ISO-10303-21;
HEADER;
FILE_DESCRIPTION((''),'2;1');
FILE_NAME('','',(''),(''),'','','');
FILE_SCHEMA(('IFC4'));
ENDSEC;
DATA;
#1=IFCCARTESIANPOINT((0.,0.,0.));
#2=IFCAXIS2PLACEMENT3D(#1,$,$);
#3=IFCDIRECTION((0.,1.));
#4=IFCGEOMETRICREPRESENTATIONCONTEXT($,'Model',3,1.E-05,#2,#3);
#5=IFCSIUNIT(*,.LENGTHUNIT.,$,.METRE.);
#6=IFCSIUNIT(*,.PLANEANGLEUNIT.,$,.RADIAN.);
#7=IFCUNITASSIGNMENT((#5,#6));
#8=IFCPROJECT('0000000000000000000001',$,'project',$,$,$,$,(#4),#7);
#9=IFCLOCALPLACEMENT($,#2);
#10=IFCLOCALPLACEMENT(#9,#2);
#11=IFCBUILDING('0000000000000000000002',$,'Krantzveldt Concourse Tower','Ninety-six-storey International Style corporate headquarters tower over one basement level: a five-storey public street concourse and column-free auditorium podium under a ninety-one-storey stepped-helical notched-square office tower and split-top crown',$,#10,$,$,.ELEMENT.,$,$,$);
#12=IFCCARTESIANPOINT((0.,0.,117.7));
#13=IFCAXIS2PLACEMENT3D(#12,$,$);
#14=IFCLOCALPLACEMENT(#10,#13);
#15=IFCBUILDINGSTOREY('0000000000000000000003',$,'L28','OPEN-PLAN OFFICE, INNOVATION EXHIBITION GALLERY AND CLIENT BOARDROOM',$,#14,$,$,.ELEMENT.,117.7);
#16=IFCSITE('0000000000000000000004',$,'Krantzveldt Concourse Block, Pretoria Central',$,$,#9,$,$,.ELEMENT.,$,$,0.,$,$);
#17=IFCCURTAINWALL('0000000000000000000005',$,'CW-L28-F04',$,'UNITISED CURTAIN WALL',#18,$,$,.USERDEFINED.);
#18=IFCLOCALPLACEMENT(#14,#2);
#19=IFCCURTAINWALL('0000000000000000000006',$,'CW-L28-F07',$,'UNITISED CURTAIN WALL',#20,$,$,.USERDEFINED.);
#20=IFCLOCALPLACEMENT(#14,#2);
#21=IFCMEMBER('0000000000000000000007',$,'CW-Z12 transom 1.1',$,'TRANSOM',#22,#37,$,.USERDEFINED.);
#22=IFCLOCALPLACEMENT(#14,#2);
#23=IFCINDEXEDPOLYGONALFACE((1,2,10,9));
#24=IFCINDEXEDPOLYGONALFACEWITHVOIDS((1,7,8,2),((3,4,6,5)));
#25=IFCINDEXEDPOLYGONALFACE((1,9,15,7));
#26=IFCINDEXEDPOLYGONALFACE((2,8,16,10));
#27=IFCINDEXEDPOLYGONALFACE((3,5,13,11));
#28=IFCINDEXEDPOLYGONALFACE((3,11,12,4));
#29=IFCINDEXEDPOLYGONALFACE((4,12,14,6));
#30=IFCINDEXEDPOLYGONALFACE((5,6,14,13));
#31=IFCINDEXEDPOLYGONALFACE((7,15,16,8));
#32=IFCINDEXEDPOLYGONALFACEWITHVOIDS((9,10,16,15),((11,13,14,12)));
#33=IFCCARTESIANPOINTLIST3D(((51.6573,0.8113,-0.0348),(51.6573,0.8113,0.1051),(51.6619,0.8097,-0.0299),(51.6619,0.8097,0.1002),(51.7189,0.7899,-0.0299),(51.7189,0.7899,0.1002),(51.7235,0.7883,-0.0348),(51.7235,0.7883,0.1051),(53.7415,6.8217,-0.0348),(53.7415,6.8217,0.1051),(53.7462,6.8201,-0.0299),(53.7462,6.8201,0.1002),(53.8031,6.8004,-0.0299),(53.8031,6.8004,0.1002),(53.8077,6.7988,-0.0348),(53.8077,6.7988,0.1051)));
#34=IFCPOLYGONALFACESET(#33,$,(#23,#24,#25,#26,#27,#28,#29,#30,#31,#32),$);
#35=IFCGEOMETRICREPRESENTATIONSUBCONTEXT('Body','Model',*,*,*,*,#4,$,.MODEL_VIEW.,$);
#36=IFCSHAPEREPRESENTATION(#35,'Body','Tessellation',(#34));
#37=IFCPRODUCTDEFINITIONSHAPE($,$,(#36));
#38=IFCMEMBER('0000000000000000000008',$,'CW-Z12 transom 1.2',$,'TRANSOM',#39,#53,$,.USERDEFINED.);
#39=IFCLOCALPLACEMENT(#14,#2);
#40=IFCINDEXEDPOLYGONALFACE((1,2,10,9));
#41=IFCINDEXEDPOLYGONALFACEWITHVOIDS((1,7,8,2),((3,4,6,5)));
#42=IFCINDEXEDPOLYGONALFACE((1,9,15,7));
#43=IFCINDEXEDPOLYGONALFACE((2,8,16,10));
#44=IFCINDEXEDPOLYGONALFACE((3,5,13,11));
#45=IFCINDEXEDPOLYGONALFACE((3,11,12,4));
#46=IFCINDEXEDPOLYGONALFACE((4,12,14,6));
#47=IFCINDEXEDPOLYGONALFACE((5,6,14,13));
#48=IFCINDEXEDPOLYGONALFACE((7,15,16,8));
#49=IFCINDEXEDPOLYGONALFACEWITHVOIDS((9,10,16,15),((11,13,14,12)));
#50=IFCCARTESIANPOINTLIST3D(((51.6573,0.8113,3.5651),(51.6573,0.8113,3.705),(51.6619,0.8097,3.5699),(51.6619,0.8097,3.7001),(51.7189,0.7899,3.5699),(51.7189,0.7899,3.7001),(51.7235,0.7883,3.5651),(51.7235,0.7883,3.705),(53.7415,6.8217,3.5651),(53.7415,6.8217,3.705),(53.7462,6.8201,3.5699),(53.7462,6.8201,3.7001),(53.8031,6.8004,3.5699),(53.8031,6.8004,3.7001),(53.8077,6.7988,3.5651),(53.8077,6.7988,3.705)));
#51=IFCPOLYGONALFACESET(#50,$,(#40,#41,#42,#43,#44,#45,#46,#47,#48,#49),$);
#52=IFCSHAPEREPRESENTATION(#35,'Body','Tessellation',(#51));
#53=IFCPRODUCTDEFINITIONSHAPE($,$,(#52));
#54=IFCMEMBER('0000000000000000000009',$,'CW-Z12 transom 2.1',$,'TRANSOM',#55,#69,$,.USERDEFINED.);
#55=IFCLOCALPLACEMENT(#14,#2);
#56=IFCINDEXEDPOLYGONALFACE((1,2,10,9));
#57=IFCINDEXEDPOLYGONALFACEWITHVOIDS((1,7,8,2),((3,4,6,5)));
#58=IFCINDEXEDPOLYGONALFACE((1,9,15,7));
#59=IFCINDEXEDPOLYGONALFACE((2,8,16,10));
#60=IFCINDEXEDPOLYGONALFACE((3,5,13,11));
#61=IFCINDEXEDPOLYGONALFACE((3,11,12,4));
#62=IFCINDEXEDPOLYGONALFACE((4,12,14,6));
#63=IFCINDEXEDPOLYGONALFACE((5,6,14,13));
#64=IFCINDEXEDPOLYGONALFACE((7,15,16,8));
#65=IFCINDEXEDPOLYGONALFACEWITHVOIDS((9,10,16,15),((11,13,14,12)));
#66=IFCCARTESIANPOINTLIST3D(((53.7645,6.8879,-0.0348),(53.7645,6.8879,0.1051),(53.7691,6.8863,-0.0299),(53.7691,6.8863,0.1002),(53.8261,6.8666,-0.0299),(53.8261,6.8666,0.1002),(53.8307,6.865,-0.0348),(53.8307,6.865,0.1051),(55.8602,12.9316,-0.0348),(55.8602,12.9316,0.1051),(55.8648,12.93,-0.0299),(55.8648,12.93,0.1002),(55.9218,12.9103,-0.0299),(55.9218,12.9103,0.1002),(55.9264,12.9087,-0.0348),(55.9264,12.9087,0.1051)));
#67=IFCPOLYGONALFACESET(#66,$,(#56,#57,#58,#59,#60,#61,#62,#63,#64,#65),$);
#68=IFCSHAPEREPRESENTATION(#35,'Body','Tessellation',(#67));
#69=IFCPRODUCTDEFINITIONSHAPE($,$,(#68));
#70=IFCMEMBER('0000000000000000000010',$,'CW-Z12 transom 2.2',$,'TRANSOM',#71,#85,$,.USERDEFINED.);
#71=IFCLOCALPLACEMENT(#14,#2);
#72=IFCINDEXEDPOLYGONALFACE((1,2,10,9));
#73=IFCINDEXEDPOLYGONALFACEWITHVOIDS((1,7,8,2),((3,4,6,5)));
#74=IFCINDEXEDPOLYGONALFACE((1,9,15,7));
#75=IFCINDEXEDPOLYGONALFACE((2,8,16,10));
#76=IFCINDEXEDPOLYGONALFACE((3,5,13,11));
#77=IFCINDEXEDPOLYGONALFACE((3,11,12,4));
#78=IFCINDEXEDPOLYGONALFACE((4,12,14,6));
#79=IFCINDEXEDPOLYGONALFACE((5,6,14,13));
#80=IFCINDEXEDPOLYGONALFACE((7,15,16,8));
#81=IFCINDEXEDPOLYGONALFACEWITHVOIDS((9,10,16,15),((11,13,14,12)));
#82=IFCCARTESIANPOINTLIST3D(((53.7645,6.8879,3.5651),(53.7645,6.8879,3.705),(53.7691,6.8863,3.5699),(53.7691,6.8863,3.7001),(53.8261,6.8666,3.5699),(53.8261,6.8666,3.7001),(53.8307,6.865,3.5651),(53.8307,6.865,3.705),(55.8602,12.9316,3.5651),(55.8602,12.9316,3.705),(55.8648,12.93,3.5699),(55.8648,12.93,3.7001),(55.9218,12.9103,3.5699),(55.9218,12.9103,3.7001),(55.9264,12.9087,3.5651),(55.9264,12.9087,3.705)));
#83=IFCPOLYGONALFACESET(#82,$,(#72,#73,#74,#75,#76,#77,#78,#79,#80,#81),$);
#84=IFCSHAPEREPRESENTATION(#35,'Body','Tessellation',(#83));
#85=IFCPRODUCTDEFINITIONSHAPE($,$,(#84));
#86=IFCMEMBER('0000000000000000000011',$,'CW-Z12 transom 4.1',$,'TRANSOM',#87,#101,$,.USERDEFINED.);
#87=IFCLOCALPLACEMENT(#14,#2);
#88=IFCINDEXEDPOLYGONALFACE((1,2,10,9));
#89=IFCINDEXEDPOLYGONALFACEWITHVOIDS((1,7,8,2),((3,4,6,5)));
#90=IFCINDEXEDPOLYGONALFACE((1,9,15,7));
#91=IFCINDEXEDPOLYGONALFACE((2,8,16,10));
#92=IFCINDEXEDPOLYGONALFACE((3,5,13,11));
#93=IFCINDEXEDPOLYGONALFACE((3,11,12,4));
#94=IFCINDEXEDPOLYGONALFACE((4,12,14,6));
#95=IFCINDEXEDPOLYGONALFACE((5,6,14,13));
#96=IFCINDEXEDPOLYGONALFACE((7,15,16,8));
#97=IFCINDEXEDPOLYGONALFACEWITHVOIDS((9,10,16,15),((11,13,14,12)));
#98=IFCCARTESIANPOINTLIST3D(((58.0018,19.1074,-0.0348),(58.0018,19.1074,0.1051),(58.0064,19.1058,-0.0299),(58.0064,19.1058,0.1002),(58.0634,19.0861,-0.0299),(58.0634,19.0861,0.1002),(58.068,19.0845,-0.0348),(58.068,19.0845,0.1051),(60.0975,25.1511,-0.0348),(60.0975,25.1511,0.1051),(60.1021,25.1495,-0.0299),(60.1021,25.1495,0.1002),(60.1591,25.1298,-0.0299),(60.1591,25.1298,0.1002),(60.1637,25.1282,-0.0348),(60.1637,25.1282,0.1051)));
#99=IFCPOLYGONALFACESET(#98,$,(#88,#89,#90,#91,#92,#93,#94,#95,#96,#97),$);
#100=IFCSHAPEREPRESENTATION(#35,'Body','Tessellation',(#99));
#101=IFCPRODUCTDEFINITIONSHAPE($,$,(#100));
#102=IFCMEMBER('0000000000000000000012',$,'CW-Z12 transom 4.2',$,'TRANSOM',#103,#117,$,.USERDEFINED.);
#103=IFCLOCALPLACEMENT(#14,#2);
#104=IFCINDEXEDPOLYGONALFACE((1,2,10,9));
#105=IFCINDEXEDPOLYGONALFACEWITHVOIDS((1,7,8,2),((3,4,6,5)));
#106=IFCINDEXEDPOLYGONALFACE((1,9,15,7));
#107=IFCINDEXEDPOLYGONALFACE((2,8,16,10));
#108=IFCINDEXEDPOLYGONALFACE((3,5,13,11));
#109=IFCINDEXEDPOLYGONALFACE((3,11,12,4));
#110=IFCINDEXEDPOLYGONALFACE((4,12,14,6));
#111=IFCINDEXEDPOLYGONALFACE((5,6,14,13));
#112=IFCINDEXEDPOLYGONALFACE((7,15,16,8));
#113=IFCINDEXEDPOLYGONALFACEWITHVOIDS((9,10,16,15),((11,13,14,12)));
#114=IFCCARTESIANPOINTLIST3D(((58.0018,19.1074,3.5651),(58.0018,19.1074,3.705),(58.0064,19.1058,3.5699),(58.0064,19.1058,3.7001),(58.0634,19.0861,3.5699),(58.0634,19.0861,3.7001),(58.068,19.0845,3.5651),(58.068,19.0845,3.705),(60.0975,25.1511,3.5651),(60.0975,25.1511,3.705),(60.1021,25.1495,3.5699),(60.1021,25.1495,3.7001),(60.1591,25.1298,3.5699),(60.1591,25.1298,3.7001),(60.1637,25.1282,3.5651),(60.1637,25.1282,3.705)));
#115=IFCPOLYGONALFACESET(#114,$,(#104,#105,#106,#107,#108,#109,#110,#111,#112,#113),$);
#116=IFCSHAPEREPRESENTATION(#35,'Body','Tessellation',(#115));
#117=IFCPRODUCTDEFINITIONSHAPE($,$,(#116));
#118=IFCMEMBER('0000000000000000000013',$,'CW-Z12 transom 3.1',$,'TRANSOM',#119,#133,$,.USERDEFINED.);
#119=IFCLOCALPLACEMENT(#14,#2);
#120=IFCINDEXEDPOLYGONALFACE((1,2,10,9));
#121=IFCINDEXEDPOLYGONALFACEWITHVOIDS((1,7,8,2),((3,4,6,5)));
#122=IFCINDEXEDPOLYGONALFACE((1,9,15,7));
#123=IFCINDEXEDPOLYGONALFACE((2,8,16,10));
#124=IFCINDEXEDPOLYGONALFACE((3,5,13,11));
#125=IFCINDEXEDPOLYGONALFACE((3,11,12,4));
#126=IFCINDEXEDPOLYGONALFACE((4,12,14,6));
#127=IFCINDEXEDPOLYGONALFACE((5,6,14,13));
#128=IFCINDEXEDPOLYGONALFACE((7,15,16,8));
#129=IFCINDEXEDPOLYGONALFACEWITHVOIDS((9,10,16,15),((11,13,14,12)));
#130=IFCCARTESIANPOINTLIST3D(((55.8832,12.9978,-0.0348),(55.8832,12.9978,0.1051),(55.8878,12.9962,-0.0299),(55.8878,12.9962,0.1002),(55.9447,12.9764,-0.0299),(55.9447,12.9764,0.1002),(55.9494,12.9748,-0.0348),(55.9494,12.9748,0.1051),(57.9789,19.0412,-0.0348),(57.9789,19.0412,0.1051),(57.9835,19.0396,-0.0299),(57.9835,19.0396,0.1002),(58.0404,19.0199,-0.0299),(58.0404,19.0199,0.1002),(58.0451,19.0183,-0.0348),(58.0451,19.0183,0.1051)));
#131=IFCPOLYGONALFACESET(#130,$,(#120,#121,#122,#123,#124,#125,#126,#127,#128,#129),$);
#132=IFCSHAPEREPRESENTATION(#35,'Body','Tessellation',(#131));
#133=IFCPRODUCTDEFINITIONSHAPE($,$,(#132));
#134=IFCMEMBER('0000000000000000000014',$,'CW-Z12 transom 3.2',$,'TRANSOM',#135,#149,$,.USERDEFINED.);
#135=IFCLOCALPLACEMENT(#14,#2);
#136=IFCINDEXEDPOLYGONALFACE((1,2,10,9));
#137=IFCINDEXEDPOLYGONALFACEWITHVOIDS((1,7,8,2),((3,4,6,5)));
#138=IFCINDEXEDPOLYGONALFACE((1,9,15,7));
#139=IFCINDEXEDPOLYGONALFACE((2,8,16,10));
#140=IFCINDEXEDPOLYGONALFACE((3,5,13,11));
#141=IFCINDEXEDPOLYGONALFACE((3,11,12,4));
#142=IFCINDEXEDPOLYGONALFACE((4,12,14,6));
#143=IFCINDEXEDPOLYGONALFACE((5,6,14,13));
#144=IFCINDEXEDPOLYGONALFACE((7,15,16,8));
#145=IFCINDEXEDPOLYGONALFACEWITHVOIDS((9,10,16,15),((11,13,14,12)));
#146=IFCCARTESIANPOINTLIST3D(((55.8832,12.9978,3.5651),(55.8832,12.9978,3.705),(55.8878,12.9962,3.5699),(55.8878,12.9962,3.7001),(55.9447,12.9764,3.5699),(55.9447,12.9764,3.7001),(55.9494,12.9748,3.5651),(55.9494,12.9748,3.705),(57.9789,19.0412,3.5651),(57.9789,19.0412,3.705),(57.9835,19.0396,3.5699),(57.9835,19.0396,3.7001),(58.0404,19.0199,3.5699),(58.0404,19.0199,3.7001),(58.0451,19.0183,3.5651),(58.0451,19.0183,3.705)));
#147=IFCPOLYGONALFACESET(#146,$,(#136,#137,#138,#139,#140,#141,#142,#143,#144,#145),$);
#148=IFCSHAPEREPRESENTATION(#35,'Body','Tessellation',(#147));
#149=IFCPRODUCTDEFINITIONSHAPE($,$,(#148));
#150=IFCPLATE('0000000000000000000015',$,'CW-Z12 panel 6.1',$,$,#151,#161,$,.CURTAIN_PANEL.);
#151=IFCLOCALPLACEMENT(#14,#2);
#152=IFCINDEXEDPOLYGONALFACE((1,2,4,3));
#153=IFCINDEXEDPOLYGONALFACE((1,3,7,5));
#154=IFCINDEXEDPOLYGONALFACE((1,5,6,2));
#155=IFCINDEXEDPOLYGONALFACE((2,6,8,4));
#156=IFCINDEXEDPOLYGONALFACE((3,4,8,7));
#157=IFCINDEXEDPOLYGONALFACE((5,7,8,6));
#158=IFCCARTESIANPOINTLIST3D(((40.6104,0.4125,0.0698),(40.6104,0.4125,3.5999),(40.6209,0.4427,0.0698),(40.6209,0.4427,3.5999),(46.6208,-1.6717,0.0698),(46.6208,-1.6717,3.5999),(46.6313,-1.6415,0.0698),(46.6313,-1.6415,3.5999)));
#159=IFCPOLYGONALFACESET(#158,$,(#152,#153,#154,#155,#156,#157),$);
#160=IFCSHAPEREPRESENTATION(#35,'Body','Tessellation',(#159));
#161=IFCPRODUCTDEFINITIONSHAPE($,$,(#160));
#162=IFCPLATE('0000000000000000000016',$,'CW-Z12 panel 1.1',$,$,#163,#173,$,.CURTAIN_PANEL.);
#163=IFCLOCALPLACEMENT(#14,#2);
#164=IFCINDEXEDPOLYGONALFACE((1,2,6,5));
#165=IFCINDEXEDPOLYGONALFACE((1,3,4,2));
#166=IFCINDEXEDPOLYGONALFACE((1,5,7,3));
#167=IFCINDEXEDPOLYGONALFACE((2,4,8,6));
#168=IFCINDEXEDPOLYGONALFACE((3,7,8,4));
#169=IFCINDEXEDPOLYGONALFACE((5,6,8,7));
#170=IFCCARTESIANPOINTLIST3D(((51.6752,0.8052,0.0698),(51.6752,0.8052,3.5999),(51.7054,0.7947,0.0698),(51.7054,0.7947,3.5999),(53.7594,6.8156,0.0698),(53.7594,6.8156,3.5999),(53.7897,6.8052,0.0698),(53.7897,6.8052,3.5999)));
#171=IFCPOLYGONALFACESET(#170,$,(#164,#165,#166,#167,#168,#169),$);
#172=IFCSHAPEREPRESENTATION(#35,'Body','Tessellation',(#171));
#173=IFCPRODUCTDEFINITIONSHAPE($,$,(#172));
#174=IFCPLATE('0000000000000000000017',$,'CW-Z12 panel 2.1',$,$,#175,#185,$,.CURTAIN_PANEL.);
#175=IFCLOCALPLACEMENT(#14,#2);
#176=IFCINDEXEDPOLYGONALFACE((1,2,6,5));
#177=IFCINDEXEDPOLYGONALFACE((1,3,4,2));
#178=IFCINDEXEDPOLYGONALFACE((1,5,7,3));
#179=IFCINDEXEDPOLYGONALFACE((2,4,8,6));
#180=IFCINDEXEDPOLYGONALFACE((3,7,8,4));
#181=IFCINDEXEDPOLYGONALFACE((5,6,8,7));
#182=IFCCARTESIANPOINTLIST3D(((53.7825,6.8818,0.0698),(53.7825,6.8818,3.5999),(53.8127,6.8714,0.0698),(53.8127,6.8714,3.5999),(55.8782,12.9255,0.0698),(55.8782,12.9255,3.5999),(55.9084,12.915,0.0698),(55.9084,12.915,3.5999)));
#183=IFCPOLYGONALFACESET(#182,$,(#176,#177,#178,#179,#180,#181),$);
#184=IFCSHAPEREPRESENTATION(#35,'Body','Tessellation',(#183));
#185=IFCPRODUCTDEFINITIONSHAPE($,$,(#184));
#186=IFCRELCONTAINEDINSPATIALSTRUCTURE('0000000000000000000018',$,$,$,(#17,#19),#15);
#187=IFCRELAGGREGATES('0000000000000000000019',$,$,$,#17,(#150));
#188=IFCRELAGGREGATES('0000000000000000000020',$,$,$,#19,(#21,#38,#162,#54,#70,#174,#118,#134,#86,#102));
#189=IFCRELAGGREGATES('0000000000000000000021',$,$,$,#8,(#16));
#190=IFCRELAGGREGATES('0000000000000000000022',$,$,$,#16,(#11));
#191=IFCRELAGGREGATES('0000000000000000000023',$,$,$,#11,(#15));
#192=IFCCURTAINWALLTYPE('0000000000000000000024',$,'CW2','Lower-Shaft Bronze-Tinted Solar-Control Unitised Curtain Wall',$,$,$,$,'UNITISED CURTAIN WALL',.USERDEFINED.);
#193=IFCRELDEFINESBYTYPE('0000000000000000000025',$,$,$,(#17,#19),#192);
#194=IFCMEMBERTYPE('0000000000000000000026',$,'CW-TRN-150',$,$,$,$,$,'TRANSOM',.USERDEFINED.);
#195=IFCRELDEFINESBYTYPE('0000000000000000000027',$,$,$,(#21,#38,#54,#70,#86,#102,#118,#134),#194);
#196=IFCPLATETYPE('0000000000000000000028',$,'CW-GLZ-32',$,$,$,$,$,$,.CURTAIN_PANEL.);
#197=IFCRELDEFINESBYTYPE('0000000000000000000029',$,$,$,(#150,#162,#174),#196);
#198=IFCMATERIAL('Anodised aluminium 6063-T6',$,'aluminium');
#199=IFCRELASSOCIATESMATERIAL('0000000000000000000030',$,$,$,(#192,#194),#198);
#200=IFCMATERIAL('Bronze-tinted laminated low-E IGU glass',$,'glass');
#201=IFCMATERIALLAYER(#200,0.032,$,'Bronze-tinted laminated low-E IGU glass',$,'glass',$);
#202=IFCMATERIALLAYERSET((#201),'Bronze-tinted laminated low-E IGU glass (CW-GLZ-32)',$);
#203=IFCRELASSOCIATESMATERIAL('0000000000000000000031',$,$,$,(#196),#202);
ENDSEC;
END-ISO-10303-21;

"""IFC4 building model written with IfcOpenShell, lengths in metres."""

from ifc_helpers import new_model, si_unit, direction, frame, origin, origin_2d, place, context, subcontext, project, spatial, rectangle, hollow_rectangle, extrude, source, transform, mapped, material, layer, layer_set, material_profile, profile_set, type_object, type_shapes, element, aggregate, save


model = new_model("IFC4")

# Units and contexts
model_context = context("Model", 3, precision=1e-05, world=origin(), true_north=direction((0.0, 1.0)))
body_context = subcontext(model_context, "Body", "Model", "MODEL_VIEW")
ifc_project = project(units=[si_unit("LENGTHUNIT", "METRE"), si_unit("PLANEANGLEUNIT", "RADIAN")], contexts=[model_context])

# Site, building, storey
site_placement = place(None, origin())
site = spatial("IfcSite", under=ifc_project, at=site_placement, Name="Krantzveldt Concourse Block, Pretoria Central", CompositionType="ELEMENT", RefElevation=0.0)
building_placement = place(site_placement, origin())
building = spatial("IfcBuilding", under=site, at=building_placement, Name="Krantzveldt Concourse Tower", Description="Ninety-six-storey International Style corporate headquarters tower over one basement level: a five-storey public street concourse and column-free auditorium podium under a ninety-one-storey stepped-helical notched-square office tower and split-top crown", CompositionType="ELEMENT")
storey_placement = place(building_placement, frame((0.0, 0.0, 117.7)))
storey = spatial("IfcBuildingStorey", under=building, at=storey_placement, Name="L28", Description="OPEN-PLAN OFFICE, INNOVATION EXHIBITION GALLERY AND CLIENT BOARDROOM", CompositionType="ELEMENT", Elevation=117.7)

# Curtain wall
ifc_material_1 = material(Name="Anodised aluminium 6063-T6", Category="aluminium")
curtain_wall_type = type_object("IfcCurtainWallType", Name="CW2", Description="Lower-Shaft Bronze-Tinted Solar-Control Unitised Curtain Wall", ElementType="UNITISED CURTAIN WALL", PredefinedType="USERDEFINED", material=ifc_material_1)
curtain_wall_1_placement = place(storey_placement, origin())
curtain_wall_1 = element("IfcCurtainWall", 1, at=curtain_wall_1_placement, inside=storey, type_object=curtain_wall_type, Name="CW-L28-F04", ObjectType="UNITISED CURTAIN WALL", PredefinedType="USERDEFINED")

# Curtain wall, members
curtain_wall_2_placement = place(storey_placement, origin())
curtain_wall_2 = element("IfcCurtainWall", 2, at=curtain_wall_2_placement, inside=storey, type_object=curtain_wall_type, Name="CW-L28-F07", ObjectType="UNITISED CURTAIN WALL", PredefinedType="USERDEFINED")
ifc_material_profile_1 = material_profile(ifc_material_1, hollow_rectangle(XDim=0.0701, YDim=0.1399, WallThickness=0.0049, at=origin_2d()), Name="Anodised aluminium 6063-T6", Category="aluminium")
ifc_profile_set_1 = profile_set([ifc_material_profile_1], Name="Anodised aluminium 6063-T6 - ALU-TRAN 140x70x5")
member_type_1 = type_object("IfcMemberType", Name="CW-TRN-150", ElementType="TRANSOM", PredefinedType="USERDEFINED", material=ifc_profile_set_1)
shared_shape_1 = source(origin(), body_context, "Body", "SweptSolid", [
    extrude(hollow_rectangle(XDim=0.0701, YDim=0.1399, WallThickness=0.0049, at=origin_2d()), origin(), (0.0, 0.0, 1.0), 6.3616),
])
member_1_placement = place(storey_placement, frame((51.6904, 0.7998, 0.0352), z_axis=(0.327626, 0.944808, 0.0), x_axis=(-0.944808, 0.327626, 0.0)))
member_1 = element("IfcMember", 3, at=member_1_placement, type_object=member_type_1, Name="CW-Z12 transom 1.1", ObjectType="TRANSOM", PredefinedType="USERDEFINED", context=body_context, shape_type="MappedRepresentation", body=[
    mapped(shared_shape_1, transform((0.0, 0.0, 0.0), x_axis=(1.0, 0.0, 0.0), y_axis=(0.0, 1.0, 0.0), z_axis=(0.0, 0.0, 1.0), scale=1.0)),
])
member_2_placement = place(storey_placement, frame((51.6904, 0.7998, 3.635), z_axis=(0.327626, 0.944808, 0.0), x_axis=(-0.944808, 0.327626, 0.0)))
member_2 = element("IfcMember", 4, at=member_2_placement, type_object=member_type_1, Name="CW-Z12 transom 1.2", ObjectType="TRANSOM", PredefinedType="USERDEFINED", context=body_context, shape_type="MappedRepresentation", body=[
    mapped(shared_shape_1, transform((0.0, 0.0, 0.0), x_axis=(1.0, 0.0, 0.0), y_axis=(0.0, 1.0, 0.0), z_axis=(0.0, 0.0, 1.0), scale=1.0)),
])
shared_shape_2 = source(origin(), body_context, "Body", "SweptSolid", [
    extrude(hollow_rectangle(XDim=0.0701, YDim=0.1399, WallThickness=0.0049, at=origin_2d()), origin(), (0.0, 0.0, 1.0), 6.3967),
])
member_3_placement = place(storey_placement, frame((53.7976, 6.8765, 0.0352), z_axis=(0.32762, 0.944809, 0.0), x_axis=(-0.944809, 0.32762, 0.0)))
member_3 = element("IfcMember", 5, at=member_3_placement, type_object=member_type_1, Name="CW-Z12 transom 2.1", ObjectType="TRANSOM", PredefinedType="USERDEFINED", context=body_context, shape_type="MappedRepresentation", body=[
    mapped(shared_shape_2, transform((0.0, 0.0, 0.0), x_axis=(1.0, 0.0, 0.0), y_axis=(0.0, 1.0, 0.0), z_axis=(0.0, 0.0, 1.0), scale=1.0)),
])
member_4_placement = place(storey_placement, frame((53.7976, 6.8765, 3.635), z_axis=(0.32762, 0.944809, 0.0), x_axis=(-0.944809, 0.32762, 0.0)))
member_4 = element("IfcMember", 6, at=member_4_placement, type_object=member_type_1, Name="CW-Z12 transom 2.2", ObjectType="TRANSOM", PredefinedType="USERDEFINED", context=body_context, shape_type="MappedRepresentation", body=[
    mapped(shared_shape_2, transform((0.0, 0.0, 0.0), x_axis=(1.0, 0.0, 0.0), y_axis=(0.0, 1.0, 0.0), z_axis=(0.0, 0.0, 1.0), scale=1.0)),
])
member_5_placement = place(storey_placement, frame((58.0349, 19.0959, 0.0352), z_axis=(0.32762, 0.944809, 0.0), x_axis=(-0.944809, 0.32762, 0.0)))
member_5 = element("IfcMember", 7, at=member_5_placement, type_object=member_type_1, Name="CW-Z12 transom 4.1", ObjectType="TRANSOM", PredefinedType="USERDEFINED", context=body_context, shape_type="MappedRepresentation", body=[
    mapped(shared_shape_2, transform((0.0, 0.0, 0.0), x_axis=(1.0, 0.0, 0.0), y_axis=(0.0, 1.0, 0.0), z_axis=(0.0, 0.0, 1.0), scale=1.0)),
])
member_6_placement = place(storey_placement, frame((58.0349, 19.0959, 3.635), z_axis=(0.32762, 0.944809, 0.0), x_axis=(-0.944809, 0.32762, 0.0)))
member_6 = element("IfcMember", 8, at=member_6_placement, type_object=member_type_1, Name="CW-Z12 transom 4.2", ObjectType="TRANSOM", PredefinedType="USERDEFINED", context=body_context, shape_type="MappedRepresentation", body=[
    mapped(shared_shape_2, transform((0.0, 0.0, 0.0), x_axis=(1.0, 0.0, 0.0), y_axis=(0.0, 1.0, 0.0), z_axis=(0.0, 0.0, 1.0), scale=1.0)),
])
shared_shape_3 = source(origin(), body_context, "Body", "SweptSolid", [
    extrude(hollow_rectangle(XDim=0.0701, YDim=0.1399, WallThickness=0.0049, at=origin_2d()), origin(), (0.0, 0.0, 1.0), 6.3965),
])
type_shapes(member_type_1, [shared_shape_1, shared_shape_2, shared_shape_3])
member_7_placement = place(storey_placement, frame((55.9163, 12.9863, 0.0352), z_axis=(0.327632, 0.944805, 0.0), x_axis=(-0.944805, 0.327632, 0.0)))
member_7 = element("IfcMember", 9, at=member_7_placement, type_object=member_type_1, Name="CW-Z12 transom 3.1", ObjectType="TRANSOM", PredefinedType="USERDEFINED", context=body_context, shape_type="MappedRepresentation", body=[
    mapped(shared_shape_3, transform((0.0, 0.0, 0.0), x_axis=(1.0, 0.0, 0.0), y_axis=(0.0, 1.0, 0.0), z_axis=(0.0, 0.0, 1.0), scale=1.0)),
])
member_8_placement = place(storey_placement, frame((55.9163, 12.9863, 3.635), z_axis=(0.327632, 0.944805, 0.0), x_axis=(-0.944805, 0.327632, 0.0)))
member_8 = element("IfcMember", 10, at=member_8_placement, type_object=member_type_1, Name="CW-Z12 transom 3.2", ObjectType="TRANSOM", PredefinedType="USERDEFINED", context=body_context, shape_type="MappedRepresentation", body=[
    mapped(shared_shape_3, transform((0.0, 0.0, 0.0), x_axis=(1.0, 0.0, 0.0), y_axis=(0.0, 1.0, 0.0), z_axis=(0.0, 0.0, 1.0), scale=1.0)),
])

# Plates
ifc_material_2 = material(Name="Bronze-tinted laminated low-E IGU glass", Category="glass")
ifc_layer_1 = layer(ifc_material_2, 0.032, Name="Bronze-tinted laminated low-E IGU glass", Category="glass")
ifc_layer_set_1 = layer_set([ifc_layer_1], Name="Bronze-tinted laminated low-E IGU glass (CW-GLZ-32)")
plate_type = type_object("IfcPlateType", Name="CW-GLZ-32", PredefinedType="CURTAIN_PANEL", material=ifc_layer_set_1)
shared_shape_4 = source(origin(), body_context, "Body", "SweptSolid", [
    extrude(rectangle(XDim=6.3616, YDim=0.032, at=origin_2d()), origin(), (0.0, 0.0, 1.0), 3.53),
])
plate_1_placement = place(storey_placement, frame((43.6208, -0.6145, 0.0698), z_axis=(0.0, 0.0, 1.0), x_axis=(0.944806, -0.32763, 0.0)))
plate_1 = element("IfcPlate", 11, at=plate_1_placement, type_object=plate_type, Name="CW-Z12 panel 6.1", PredefinedType="CURTAIN_PANEL", context=body_context, shape_type="MappedRepresentation", body=[
    mapped(shared_shape_4, transform((0.0, 0.0, 0.0), x_axis=(1.0, 0.0, 0.0), y_axis=(0.0, 1.0, 0.0), z_axis=(0.0, 0.0, 1.0), scale=1.0)),
])
aggregate(curtain_wall_1, [plate_1])
plate_2_placement = place(storey_placement, frame((52.7324, 3.8052, 0.0698), z_axis=(0.0, 0.0, 1.0), x_axis=(0.32763, 0.944806, 0.0)))
plate_2 = element("IfcPlate", 12, at=plate_2_placement, type_object=plate_type, Name="CW-Z12 panel 1.1", PredefinedType="CURTAIN_PANEL", context=body_context, shape_type="MappedRepresentation", body=[
    mapped(shared_shape_4, transform((0.0, 0.0, 0.0), x_axis=(1.0, 0.0, 0.0), y_axis=(0.0, 1.0, 0.0), z_axis=(0.0, 0.0, 1.0), scale=1.0)),
])
shared_shape_5 = source(origin(), body_context, "Body", "SweptSolid", [
    extrude(rectangle(XDim=6.3967, YDim=0.032, at=origin_2d()), origin(), (0.0, 0.0, 1.0), 3.53),
])
type_shapes(plate_type, [shared_shape_4, shared_shape_5])
plate_3_placement = place(storey_placement, frame((54.8455, 9.8984, 0.0698), z_axis=(0.0, 0.0, 1.0), x_axis=(0.32763, 0.944806, 0.0)))
plate_3 = element("IfcPlate", 13, at=plate_3_placement, type_object=plate_type, Name="CW-Z12 panel 2.1", PredefinedType="CURTAIN_PANEL", context=body_context, shape_type="MappedRepresentation", body=[
    mapped(shared_shape_5, transform((0.0, 0.0, 0.0), x_axis=(1.0, 0.0, 0.0), y_axis=(0.0, 1.0, 0.0), z_axis=(0.0, 0.0, 1.0), scale=1.0)),
])
aggregate(curtain_wall_2, [member_1, member_2, plate_2, member_3, member_4, plate_3, member_7, member_8, member_5, member_6])

save(model, "model.ifc")
